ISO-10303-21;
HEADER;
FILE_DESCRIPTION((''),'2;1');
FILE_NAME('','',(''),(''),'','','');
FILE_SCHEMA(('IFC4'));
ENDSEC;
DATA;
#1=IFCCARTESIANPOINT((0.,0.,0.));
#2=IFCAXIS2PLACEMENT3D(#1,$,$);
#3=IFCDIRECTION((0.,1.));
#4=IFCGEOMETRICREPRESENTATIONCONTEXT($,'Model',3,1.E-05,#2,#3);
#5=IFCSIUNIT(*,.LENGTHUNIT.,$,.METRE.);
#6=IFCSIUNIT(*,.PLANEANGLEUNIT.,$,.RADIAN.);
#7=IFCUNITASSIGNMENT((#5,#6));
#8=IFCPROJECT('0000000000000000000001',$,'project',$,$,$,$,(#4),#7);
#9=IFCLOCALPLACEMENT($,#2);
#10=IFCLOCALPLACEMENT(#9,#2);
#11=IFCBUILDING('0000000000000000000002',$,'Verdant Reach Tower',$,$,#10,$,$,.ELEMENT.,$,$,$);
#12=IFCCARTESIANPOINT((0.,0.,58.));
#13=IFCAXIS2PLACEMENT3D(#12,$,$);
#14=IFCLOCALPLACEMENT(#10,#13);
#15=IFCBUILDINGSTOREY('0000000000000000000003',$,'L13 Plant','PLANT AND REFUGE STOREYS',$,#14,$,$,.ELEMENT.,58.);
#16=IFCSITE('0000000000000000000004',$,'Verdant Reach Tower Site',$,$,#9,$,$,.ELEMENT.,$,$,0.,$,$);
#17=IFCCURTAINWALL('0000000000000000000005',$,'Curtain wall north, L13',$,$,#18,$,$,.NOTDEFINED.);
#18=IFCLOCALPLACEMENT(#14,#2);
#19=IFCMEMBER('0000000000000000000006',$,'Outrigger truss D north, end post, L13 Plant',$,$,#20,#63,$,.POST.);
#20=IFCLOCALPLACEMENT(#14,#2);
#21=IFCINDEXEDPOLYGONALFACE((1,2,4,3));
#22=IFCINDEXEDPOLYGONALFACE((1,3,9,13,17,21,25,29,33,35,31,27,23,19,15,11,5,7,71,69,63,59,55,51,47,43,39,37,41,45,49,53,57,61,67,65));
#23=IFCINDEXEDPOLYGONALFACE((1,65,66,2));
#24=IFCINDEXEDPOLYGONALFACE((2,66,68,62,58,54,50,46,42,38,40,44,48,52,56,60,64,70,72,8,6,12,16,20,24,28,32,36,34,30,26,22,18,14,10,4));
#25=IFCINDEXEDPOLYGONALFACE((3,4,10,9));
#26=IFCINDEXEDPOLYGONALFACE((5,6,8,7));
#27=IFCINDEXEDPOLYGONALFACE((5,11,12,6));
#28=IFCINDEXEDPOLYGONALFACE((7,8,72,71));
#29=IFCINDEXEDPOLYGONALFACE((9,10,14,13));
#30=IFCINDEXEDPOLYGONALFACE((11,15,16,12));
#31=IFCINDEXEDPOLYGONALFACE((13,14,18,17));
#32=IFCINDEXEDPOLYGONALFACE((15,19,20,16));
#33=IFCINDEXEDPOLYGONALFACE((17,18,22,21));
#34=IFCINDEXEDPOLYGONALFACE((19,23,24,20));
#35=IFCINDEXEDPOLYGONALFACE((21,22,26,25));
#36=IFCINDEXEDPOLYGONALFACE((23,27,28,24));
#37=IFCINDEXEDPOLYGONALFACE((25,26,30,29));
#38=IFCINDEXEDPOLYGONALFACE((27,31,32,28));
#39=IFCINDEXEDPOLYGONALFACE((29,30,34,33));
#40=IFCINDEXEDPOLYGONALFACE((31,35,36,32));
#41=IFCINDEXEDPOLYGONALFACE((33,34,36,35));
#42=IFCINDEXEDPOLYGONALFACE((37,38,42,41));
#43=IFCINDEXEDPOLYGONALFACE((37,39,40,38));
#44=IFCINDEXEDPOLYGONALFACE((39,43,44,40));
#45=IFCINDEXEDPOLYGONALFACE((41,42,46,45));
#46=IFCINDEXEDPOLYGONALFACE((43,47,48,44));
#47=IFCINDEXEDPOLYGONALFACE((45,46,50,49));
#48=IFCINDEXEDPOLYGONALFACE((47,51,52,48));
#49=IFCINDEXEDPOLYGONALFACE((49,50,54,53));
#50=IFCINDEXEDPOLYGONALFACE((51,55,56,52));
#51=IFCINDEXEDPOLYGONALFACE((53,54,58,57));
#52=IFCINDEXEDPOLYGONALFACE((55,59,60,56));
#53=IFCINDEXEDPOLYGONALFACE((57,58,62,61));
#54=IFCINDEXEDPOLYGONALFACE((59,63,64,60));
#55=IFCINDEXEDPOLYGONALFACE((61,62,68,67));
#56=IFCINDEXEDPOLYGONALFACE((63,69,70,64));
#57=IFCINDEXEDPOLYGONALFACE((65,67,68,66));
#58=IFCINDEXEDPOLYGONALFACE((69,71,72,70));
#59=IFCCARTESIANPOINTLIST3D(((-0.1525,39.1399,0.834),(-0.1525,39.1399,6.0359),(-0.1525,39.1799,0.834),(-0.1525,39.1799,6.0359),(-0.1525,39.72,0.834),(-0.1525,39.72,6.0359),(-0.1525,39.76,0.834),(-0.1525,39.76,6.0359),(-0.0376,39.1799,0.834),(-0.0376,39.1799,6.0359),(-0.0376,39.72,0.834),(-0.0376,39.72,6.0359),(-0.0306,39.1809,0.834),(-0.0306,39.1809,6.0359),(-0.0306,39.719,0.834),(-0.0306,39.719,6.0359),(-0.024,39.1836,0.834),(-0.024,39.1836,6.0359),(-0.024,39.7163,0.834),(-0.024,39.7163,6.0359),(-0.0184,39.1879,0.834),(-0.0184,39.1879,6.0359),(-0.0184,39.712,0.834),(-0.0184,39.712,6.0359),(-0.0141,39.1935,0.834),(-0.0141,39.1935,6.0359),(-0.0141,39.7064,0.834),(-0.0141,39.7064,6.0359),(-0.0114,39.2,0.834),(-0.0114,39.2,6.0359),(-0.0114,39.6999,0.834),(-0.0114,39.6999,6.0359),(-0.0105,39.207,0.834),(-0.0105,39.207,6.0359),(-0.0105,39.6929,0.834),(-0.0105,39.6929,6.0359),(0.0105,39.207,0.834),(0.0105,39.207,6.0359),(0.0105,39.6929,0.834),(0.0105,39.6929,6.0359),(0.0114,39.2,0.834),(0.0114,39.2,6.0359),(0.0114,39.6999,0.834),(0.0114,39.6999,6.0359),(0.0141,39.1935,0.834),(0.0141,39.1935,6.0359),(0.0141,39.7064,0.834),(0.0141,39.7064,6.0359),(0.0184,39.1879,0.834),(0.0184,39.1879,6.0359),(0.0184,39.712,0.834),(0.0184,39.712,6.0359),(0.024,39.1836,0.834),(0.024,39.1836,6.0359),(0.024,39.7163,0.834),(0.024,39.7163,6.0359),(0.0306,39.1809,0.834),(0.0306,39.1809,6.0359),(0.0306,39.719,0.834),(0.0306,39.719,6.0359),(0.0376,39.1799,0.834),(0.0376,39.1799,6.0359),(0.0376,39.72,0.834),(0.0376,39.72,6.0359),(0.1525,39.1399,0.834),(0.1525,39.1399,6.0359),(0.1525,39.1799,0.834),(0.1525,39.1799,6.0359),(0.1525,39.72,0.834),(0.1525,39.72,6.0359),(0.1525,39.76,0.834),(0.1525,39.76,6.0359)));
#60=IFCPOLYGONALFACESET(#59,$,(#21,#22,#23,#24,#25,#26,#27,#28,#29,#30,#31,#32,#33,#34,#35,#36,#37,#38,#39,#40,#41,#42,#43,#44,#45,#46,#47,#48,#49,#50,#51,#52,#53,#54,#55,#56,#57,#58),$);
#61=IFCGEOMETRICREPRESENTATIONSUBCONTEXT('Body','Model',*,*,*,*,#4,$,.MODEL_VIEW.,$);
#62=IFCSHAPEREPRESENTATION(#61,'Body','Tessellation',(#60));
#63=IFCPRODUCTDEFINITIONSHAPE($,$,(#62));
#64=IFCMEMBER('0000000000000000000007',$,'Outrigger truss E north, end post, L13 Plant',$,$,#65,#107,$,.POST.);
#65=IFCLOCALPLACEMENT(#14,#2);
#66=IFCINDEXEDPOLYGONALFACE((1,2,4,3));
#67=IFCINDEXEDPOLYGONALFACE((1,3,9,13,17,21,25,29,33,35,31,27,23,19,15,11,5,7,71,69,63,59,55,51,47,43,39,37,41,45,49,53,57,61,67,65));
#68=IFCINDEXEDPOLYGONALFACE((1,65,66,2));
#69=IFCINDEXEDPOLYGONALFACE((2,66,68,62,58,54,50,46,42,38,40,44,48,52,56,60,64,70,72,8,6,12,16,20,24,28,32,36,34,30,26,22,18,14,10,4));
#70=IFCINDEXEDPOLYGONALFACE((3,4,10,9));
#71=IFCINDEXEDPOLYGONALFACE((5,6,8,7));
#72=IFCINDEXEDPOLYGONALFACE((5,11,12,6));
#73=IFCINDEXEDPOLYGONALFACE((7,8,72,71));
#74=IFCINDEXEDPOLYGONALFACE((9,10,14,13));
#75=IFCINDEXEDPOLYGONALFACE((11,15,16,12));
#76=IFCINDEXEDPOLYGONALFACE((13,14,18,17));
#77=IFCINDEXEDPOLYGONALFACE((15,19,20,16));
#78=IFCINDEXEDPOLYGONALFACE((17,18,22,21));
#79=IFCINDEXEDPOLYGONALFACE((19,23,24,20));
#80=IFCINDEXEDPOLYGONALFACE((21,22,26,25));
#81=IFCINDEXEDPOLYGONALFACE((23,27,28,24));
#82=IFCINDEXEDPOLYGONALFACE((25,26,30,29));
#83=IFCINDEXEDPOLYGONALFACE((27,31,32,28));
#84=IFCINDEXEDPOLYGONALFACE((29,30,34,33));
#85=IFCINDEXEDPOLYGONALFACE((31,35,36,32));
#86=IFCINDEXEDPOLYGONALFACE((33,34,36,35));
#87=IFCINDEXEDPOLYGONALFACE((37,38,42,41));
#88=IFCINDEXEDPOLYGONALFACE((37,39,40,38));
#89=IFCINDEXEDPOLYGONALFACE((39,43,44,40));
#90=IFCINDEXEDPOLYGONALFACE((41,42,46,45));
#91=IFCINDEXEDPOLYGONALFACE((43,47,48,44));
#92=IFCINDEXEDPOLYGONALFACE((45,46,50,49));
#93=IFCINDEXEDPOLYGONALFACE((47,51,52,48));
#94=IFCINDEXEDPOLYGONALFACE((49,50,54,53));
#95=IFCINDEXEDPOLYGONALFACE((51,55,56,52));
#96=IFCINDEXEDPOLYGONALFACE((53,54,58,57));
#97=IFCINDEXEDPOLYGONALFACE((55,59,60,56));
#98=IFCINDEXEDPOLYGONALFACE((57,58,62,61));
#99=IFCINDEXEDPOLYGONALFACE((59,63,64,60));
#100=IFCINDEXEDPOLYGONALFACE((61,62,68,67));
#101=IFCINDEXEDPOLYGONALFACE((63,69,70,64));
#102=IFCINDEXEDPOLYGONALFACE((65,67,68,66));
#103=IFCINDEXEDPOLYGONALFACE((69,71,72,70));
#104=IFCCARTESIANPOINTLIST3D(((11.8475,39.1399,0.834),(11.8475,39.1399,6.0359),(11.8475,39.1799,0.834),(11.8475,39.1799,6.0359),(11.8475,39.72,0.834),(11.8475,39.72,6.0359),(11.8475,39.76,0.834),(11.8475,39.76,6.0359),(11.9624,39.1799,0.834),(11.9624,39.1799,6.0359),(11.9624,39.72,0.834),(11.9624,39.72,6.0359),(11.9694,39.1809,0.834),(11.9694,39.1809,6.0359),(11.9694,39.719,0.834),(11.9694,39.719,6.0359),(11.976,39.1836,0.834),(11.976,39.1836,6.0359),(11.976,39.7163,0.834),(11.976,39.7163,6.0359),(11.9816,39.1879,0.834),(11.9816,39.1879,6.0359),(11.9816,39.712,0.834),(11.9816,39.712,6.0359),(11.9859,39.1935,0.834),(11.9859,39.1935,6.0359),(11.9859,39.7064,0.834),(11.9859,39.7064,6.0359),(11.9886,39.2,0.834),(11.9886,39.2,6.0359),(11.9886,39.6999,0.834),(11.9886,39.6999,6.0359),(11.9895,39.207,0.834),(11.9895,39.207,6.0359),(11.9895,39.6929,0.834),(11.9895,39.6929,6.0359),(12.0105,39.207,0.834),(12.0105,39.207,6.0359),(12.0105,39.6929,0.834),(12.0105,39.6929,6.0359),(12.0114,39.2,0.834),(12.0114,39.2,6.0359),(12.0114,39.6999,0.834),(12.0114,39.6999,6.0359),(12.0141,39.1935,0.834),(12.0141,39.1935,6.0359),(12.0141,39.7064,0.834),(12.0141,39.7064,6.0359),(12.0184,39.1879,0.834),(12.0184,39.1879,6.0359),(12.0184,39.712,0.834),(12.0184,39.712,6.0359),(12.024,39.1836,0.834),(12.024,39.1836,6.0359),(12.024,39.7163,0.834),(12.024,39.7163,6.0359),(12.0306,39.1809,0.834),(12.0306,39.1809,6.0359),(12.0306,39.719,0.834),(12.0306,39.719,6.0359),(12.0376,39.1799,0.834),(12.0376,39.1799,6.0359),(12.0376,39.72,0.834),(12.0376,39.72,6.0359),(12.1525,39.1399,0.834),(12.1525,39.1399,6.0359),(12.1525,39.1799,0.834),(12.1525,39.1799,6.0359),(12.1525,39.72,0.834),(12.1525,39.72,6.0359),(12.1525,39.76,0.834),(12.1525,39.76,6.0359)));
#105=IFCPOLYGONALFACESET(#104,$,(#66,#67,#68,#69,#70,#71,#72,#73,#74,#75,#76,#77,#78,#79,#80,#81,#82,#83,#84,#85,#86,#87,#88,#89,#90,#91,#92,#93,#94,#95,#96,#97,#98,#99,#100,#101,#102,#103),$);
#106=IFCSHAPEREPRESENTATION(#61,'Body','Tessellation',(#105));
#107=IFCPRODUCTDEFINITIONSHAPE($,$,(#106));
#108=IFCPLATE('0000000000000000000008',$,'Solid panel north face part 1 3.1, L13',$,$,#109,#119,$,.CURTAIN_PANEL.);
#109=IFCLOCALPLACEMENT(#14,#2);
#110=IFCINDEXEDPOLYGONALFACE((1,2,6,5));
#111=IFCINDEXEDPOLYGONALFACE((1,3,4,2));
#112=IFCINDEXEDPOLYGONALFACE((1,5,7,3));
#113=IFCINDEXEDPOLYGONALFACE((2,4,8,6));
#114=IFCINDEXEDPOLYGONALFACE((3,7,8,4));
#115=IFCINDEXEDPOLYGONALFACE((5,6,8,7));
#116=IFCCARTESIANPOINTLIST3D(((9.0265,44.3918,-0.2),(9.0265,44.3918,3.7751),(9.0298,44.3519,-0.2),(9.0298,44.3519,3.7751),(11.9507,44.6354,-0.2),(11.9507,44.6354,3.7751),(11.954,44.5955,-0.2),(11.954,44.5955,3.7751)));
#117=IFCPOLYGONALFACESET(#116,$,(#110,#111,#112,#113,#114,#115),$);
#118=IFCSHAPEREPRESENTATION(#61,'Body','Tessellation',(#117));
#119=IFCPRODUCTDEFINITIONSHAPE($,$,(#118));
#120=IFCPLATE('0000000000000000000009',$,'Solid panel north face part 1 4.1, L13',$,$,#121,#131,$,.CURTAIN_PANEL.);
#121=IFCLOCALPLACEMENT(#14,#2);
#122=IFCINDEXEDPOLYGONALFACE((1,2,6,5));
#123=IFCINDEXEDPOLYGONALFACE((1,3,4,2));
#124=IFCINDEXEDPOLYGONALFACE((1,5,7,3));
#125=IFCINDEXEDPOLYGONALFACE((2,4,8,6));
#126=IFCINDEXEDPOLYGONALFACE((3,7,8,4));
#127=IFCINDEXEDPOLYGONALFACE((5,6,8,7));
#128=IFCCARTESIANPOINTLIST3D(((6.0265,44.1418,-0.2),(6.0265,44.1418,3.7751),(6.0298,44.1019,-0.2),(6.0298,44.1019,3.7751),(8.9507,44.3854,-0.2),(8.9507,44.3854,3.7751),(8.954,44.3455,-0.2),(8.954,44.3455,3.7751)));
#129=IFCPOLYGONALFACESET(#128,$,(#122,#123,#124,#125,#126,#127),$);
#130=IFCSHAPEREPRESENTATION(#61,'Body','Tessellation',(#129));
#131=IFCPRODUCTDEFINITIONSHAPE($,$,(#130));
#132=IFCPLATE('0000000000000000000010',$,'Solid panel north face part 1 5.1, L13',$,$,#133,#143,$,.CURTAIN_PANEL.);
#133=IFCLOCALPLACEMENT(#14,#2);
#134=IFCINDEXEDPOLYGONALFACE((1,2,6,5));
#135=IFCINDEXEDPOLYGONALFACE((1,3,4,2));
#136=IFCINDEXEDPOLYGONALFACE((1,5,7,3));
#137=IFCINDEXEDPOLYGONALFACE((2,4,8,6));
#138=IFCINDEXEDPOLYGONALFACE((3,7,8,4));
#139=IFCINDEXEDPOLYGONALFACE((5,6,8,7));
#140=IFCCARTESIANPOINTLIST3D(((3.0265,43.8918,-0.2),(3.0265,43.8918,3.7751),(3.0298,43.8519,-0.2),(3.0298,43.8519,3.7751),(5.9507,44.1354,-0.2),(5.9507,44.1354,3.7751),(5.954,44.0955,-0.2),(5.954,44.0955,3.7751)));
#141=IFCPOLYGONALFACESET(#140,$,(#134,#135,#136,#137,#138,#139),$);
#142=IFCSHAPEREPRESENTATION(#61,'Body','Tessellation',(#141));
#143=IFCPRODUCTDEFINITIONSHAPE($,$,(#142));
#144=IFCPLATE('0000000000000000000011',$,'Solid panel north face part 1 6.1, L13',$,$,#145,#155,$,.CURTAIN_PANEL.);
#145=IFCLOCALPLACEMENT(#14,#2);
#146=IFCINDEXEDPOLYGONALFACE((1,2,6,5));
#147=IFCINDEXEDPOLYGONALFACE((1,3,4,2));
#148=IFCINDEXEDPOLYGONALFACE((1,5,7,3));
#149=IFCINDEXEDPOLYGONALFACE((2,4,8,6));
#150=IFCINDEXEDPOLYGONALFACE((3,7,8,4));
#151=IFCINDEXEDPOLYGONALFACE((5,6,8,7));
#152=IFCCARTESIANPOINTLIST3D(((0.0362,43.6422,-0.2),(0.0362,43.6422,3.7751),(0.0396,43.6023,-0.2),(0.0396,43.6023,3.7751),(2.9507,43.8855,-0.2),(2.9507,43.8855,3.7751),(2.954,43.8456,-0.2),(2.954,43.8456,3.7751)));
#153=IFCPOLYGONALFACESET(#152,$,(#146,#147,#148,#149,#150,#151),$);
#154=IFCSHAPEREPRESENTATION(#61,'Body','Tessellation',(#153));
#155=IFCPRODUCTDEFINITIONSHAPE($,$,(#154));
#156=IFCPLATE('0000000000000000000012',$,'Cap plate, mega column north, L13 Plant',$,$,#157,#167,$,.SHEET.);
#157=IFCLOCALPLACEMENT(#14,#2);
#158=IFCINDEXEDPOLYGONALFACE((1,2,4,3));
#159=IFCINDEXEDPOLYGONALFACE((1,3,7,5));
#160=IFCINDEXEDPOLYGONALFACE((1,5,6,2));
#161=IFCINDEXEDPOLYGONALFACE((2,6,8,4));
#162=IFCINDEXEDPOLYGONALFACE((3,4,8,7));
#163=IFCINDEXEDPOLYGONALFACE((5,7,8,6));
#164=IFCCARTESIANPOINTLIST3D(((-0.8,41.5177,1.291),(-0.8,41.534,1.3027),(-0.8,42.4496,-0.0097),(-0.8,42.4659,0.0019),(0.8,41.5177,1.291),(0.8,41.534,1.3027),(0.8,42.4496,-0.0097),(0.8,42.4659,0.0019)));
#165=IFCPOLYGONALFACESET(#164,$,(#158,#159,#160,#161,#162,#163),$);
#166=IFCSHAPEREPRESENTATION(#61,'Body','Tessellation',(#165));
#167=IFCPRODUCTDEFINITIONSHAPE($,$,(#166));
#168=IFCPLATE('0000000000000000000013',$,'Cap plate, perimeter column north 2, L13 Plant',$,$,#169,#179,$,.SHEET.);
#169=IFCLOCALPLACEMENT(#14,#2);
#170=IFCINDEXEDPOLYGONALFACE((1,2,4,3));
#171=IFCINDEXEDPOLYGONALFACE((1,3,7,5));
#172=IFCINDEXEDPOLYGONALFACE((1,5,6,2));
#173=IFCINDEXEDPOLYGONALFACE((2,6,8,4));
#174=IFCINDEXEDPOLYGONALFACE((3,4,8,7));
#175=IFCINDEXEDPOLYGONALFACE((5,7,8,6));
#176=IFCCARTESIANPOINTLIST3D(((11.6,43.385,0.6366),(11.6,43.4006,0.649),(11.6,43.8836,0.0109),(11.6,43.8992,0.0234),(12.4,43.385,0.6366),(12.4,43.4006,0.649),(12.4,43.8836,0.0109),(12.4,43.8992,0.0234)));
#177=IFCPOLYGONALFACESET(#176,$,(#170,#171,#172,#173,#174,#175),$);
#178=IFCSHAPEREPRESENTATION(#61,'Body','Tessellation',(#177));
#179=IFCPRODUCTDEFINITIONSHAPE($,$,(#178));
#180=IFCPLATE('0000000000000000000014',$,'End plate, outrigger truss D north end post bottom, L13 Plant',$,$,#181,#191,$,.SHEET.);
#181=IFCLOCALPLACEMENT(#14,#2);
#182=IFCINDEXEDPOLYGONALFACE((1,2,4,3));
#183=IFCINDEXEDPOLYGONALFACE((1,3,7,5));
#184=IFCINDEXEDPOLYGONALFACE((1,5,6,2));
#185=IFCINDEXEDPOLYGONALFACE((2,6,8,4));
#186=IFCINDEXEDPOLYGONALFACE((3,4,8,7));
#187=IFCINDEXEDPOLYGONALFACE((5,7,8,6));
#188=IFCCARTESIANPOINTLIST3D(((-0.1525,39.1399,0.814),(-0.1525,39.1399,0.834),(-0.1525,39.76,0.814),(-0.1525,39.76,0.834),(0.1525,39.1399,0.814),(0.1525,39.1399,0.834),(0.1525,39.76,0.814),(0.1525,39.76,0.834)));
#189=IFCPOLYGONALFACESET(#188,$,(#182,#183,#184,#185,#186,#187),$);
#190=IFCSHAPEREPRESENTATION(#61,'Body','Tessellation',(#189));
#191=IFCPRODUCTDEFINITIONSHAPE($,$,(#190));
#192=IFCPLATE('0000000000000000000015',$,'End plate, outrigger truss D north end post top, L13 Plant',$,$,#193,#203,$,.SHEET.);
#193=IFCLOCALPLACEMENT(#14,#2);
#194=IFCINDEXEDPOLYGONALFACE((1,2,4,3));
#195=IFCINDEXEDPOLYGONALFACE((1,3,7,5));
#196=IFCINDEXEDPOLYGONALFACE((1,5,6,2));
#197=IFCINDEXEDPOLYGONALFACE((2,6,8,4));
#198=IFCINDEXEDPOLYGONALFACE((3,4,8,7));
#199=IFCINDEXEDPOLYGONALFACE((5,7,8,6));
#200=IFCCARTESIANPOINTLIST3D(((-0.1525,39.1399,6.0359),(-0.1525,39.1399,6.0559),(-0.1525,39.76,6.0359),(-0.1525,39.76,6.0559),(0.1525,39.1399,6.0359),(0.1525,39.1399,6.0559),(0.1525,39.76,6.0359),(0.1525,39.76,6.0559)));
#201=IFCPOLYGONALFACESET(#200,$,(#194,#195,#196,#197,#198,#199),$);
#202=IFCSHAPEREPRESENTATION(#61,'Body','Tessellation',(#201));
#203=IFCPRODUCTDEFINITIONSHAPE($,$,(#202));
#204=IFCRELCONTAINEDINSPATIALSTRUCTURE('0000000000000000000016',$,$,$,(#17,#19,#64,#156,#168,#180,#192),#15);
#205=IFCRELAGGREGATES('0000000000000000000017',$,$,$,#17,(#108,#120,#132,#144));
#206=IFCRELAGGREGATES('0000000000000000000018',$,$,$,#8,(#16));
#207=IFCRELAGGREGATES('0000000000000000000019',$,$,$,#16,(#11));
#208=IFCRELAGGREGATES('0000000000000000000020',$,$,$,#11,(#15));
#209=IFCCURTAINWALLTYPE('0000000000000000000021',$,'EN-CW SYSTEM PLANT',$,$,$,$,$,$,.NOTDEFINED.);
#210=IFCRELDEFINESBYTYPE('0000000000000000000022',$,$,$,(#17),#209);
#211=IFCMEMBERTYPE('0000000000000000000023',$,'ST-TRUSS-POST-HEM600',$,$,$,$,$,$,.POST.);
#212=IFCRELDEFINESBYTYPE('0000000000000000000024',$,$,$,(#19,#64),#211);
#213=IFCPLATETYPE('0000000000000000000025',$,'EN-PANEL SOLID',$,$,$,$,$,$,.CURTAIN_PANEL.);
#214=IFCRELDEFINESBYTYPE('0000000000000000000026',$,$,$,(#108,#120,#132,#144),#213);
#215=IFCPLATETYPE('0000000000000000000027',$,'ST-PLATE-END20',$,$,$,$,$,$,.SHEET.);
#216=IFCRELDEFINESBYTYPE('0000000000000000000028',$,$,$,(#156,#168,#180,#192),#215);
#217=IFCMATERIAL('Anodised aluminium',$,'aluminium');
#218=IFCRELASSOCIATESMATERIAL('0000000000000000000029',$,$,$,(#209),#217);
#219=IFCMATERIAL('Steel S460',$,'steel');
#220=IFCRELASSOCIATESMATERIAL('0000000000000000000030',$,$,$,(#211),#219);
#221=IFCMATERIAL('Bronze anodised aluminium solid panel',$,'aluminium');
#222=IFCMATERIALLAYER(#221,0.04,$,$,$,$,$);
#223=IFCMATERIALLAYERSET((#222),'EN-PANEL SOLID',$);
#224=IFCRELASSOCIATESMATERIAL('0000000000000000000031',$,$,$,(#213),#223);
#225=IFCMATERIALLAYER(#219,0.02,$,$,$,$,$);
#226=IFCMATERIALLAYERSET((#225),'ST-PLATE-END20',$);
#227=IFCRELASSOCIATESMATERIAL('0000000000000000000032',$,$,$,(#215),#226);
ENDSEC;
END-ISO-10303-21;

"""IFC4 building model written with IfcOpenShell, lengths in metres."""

from ifc_helpers import new_model, si_unit, direction, frame, origin, origin_2d, place, context, subcontext, project, spatial, rectangle, i_section, extrude, material, layer, layer_set, material_profile, profile_set, type_object, element, aggregate, save


model = new_model("IFC4")

# Units and contexts
model_context = context("Model", 3, precision=1e-05, world=origin(), true_north=direction((0.0, 1.0)))
body_context = subcontext(model_context, "Body", "Model", "MODEL_VIEW")
ifc_project = project(units=[si_unit("LENGTHUNIT", "METRE"), si_unit("PLANEANGLEUNIT", "RADIAN")], contexts=[model_context])

# Site, building, storey
site_placement = place(None, origin())
site = spatial("IfcSite", under=ifc_project, at=site_placement, Name="Verdant Reach Tower Site", CompositionType="ELEMENT", RefElevation=0.0)
building_placement = place(site_placement, origin())
building = spatial("IfcBuilding", under=site, at=building_placement, Name="Verdant Reach Tower", CompositionType="ELEMENT")
storey_placement = place(building_placement, frame((0.0, 0.0, 58.0)))
storey = spatial("IfcBuildingStorey", under=building, at=storey_placement, Name="L13 Plant", Description="PLANT AND REFUGE STOREYS", CompositionType="ELEMENT", Elevation=58.0)

# Shared definitions
ifc_material_1 = material(Name="Steel S460", Category="steel")

# Curtain wall
ifc_material_2 = material(Name="Anodised aluminium", Category="aluminium")
curtain_wall_type = type_object("IfcCurtainWallType", Name="EN-CW SYSTEM PLANT", PredefinedType="NOTDEFINED", material=ifc_material_2)
curtain_wall_placement = place(storey_placement, origin())
curtain_wall = element("IfcCurtainWall", 1, at=curtain_wall_placement, inside=storey, type_object=curtain_wall_type, Name="Curtain wall north, L13", PredefinedType="NOTDEFINED")

# Members
ifc_material_profile_1 = material_profile(ifc_material_1, i_section(OverallWidth=0.3049, OverallDepth=0.6201, WebThickness=0.021, FlangeThickness=0.04, FilletRadius=0.0271, at=origin_2d()), Name="HEM 600")
ifc_profile_set_1 = profile_set([ifc_material_profile_1], Name="Steel S460")
member_type_1 = type_object("IfcMemberType", Name="ST-TRUSS-POST-HEM600", PredefinedType="POST", material=ifc_profile_set_1)
for number, where, z_axis, x_axis, name in (
    (2, (0.0, 39.45, 0.834), (0.0, 0.0, 1.0), (1.0, 0.0, 0.0), "Outrigger truss D north, end post, L13 Plant"),
    (3, (12.0, 39.45, 0.834), (0.0, 0.0, 1.0), (1.0, 0.0, 0.0), "Outrigger truss E north, end post, L13 Plant"),
):
    element("IfcMember", number, at=place(storey_placement, frame(where, z_axis=z_axis, x_axis=x_axis)), inside=storey, type_object=member_type_1, Name=name, PredefinedType="POST", context=body_context, shape_type="SweptSolid", body=[
        extrude(i_section(OverallWidth=0.3049, OverallDepth=0.6201, WebThickness=0.021, FlangeThickness=0.04, FilletRadius=0.0271, at=origin_2d()), origin(), (0.0, 0.0, 1.0), 5.2019),
    ])

# Plates
ifc_material_3 = material(Name="Bronze anodised aluminium solid panel", Category="aluminium")
ifc_layer_1 = layer(ifc_material_3, 0.04)
ifc_layer_set_1 = layer_set([ifc_layer_1], Name="EN-PANEL SOLID")
plate_type_1 = type_object("IfcPlateType", Name="EN-PANEL SOLID", PredefinedType="CURTAIN_PANEL", material=ifc_layer_set_1)
plate_1_placement = place(storey_placement, frame((10.4902, 44.4937, -0.2), z_axis=(0.0, 0.0, 1.0), x_axis=(-0.996546, -0.083045, 0.0)))
plate_1 = element("IfcPlate", 4, at=plate_1_placement, type_object=plate_type_1, Name="Solid panel north face part 1 3.1, L13", PredefinedType="CURTAIN_PANEL", context=body_context, shape_type="SweptSolid", body=[
    extrude(rectangle(XDim=2.9343, YDim=0.04, at=origin_2d()), origin(), (0.0, 0.0, 1.0), 3.9751),
])
plate_2_placement = place(storey_placement, frame((7.4902, 44.2437, -0.2), z_axis=(0.0, 0.0, 1.0), x_axis=(-0.996546, -0.083045, 0.0)))
plate_2 = element("IfcPlate", 5, at=plate_2_placement, type_object=plate_type_1, Name="Solid panel north face part 1 4.1, L13", PredefinedType="CURTAIN_PANEL", context=body_context, shape_type="SweptSolid", body=[
    extrude(rectangle(XDim=2.9343, YDim=0.04, at=origin_2d()), origin(), (0.0, 0.0, 1.0), 3.9751),
])
plate_3_placement = place(storey_placement, frame((4.4902, 43.9937, -0.2), z_axis=(0.0, 0.0, 1.0), x_axis=(-0.996546, -0.083045, 0.0)))
plate_3 = element("IfcPlate", 6, at=plate_3_placement, type_object=plate_type_1, Name="Solid panel north face part 1 5.1, L13", PredefinedType="CURTAIN_PANEL", context=body_context, shape_type="SweptSolid", body=[
    extrude(rectangle(XDim=2.9343, YDim=0.04, at=origin_2d()), origin(), (0.0, 0.0, 1.0), 3.9751),
])
plate_4_placement = place(storey_placement, frame((1.4951, 43.7439, -0.2), z_axis=(0.0, 0.0, 1.0), x_axis=(-0.996534, -0.083182, 0.0)))
plate_4 = element("IfcPlate", 7, at=plate_4_placement, type_object=plate_type_1, Name="Solid panel north face part 1 6.1, L13", PredefinedType="CURTAIN_PANEL", context=body_context, shape_type="SweptSolid", body=[
    extrude(rectangle(XDim=2.9246, YDim=0.04, at=origin_2d()), origin(), (0.0, 0.0, 1.0), 3.9751),
])

# Plates
ifc_layer_2 = layer(ifc_material_1, 0.02)
ifc_layer_set_2 = layer_set([ifc_layer_2], Name="ST-PLATE-END20")
plate_type_2 = type_object("IfcPlateType", Name="ST-PLATE-END20", PredefinedType="SHEET", material=ifc_layer_set_2)
plate_5_placement = place(storey_placement, frame((0.0, 41.9836, 0.6406), z_axis=(0.0, 0.812913, 0.582385), x_axis=(-1.0, 0.0, 0.0)))
element("IfcPlate", 8, at=plate_5_placement, inside=storey, type_object=plate_type_2, Name="Cap plate, mega column north, L13 Plant", PredefinedType="SHEET", context=body_context, shape_type="SweptSolid", body=[
    extrude(rectangle(XDim=1.6001, YDim=1.6001, at=origin_2d()), origin(), (0.0, 0.0, 1.0), 0.02),
])
plate_6_placement = place(storey_placement, frame((12.0, 43.6343, 0.3237), z_axis=(0.0, 0.78206, 0.623204), x_axis=(-1.0, 0.0, 0.0)))
element("IfcPlate", 9, at=plate_6_placement, inside=storey, type_object=plate_type_2, Name="Cap plate, perimeter column north 2, L13 Plant", PredefinedType="SHEET", context=body_context, shape_type="SweptSolid", body=[
    extrude(rectangle(XDim=0.8, YDim=0.8, at=origin_2d()), origin(), (0.0, 0.0, 1.0), 0.02),
])
for number, where, z_axis, x_axis, name in (
    (10, (0.0, 39.45, 0.814), (0.0, 0.0, 1.0), (1.0, 0.0, 0.0), "End plate, outrigger truss D north end post bottom, L13 Plant"),
    (11, (0.0, 39.45, 6.0359), (0.0, 0.0, 1.0), (1.0, 0.0, 0.0), "End plate, outrigger truss D north end post top, L13 Plant"),
):
    element("IfcPlate", number, at=place(storey_placement, frame(where, z_axis=z_axis, x_axis=x_axis)), inside=storey, type_object=plate_type_2, Name=name, PredefinedType="SHEET", context=body_context, shape_type="SweptSolid", body=[
        extrude(rectangle(XDim=0.3049, YDim=0.6201, at=origin_2d()), origin(), (0.0, 0.0, 1.0), 0.02),
    ])

aggregate(curtain_wall, [plate_1, plate_2, plate_3, plate_4])

save(model, "model.ifc")
